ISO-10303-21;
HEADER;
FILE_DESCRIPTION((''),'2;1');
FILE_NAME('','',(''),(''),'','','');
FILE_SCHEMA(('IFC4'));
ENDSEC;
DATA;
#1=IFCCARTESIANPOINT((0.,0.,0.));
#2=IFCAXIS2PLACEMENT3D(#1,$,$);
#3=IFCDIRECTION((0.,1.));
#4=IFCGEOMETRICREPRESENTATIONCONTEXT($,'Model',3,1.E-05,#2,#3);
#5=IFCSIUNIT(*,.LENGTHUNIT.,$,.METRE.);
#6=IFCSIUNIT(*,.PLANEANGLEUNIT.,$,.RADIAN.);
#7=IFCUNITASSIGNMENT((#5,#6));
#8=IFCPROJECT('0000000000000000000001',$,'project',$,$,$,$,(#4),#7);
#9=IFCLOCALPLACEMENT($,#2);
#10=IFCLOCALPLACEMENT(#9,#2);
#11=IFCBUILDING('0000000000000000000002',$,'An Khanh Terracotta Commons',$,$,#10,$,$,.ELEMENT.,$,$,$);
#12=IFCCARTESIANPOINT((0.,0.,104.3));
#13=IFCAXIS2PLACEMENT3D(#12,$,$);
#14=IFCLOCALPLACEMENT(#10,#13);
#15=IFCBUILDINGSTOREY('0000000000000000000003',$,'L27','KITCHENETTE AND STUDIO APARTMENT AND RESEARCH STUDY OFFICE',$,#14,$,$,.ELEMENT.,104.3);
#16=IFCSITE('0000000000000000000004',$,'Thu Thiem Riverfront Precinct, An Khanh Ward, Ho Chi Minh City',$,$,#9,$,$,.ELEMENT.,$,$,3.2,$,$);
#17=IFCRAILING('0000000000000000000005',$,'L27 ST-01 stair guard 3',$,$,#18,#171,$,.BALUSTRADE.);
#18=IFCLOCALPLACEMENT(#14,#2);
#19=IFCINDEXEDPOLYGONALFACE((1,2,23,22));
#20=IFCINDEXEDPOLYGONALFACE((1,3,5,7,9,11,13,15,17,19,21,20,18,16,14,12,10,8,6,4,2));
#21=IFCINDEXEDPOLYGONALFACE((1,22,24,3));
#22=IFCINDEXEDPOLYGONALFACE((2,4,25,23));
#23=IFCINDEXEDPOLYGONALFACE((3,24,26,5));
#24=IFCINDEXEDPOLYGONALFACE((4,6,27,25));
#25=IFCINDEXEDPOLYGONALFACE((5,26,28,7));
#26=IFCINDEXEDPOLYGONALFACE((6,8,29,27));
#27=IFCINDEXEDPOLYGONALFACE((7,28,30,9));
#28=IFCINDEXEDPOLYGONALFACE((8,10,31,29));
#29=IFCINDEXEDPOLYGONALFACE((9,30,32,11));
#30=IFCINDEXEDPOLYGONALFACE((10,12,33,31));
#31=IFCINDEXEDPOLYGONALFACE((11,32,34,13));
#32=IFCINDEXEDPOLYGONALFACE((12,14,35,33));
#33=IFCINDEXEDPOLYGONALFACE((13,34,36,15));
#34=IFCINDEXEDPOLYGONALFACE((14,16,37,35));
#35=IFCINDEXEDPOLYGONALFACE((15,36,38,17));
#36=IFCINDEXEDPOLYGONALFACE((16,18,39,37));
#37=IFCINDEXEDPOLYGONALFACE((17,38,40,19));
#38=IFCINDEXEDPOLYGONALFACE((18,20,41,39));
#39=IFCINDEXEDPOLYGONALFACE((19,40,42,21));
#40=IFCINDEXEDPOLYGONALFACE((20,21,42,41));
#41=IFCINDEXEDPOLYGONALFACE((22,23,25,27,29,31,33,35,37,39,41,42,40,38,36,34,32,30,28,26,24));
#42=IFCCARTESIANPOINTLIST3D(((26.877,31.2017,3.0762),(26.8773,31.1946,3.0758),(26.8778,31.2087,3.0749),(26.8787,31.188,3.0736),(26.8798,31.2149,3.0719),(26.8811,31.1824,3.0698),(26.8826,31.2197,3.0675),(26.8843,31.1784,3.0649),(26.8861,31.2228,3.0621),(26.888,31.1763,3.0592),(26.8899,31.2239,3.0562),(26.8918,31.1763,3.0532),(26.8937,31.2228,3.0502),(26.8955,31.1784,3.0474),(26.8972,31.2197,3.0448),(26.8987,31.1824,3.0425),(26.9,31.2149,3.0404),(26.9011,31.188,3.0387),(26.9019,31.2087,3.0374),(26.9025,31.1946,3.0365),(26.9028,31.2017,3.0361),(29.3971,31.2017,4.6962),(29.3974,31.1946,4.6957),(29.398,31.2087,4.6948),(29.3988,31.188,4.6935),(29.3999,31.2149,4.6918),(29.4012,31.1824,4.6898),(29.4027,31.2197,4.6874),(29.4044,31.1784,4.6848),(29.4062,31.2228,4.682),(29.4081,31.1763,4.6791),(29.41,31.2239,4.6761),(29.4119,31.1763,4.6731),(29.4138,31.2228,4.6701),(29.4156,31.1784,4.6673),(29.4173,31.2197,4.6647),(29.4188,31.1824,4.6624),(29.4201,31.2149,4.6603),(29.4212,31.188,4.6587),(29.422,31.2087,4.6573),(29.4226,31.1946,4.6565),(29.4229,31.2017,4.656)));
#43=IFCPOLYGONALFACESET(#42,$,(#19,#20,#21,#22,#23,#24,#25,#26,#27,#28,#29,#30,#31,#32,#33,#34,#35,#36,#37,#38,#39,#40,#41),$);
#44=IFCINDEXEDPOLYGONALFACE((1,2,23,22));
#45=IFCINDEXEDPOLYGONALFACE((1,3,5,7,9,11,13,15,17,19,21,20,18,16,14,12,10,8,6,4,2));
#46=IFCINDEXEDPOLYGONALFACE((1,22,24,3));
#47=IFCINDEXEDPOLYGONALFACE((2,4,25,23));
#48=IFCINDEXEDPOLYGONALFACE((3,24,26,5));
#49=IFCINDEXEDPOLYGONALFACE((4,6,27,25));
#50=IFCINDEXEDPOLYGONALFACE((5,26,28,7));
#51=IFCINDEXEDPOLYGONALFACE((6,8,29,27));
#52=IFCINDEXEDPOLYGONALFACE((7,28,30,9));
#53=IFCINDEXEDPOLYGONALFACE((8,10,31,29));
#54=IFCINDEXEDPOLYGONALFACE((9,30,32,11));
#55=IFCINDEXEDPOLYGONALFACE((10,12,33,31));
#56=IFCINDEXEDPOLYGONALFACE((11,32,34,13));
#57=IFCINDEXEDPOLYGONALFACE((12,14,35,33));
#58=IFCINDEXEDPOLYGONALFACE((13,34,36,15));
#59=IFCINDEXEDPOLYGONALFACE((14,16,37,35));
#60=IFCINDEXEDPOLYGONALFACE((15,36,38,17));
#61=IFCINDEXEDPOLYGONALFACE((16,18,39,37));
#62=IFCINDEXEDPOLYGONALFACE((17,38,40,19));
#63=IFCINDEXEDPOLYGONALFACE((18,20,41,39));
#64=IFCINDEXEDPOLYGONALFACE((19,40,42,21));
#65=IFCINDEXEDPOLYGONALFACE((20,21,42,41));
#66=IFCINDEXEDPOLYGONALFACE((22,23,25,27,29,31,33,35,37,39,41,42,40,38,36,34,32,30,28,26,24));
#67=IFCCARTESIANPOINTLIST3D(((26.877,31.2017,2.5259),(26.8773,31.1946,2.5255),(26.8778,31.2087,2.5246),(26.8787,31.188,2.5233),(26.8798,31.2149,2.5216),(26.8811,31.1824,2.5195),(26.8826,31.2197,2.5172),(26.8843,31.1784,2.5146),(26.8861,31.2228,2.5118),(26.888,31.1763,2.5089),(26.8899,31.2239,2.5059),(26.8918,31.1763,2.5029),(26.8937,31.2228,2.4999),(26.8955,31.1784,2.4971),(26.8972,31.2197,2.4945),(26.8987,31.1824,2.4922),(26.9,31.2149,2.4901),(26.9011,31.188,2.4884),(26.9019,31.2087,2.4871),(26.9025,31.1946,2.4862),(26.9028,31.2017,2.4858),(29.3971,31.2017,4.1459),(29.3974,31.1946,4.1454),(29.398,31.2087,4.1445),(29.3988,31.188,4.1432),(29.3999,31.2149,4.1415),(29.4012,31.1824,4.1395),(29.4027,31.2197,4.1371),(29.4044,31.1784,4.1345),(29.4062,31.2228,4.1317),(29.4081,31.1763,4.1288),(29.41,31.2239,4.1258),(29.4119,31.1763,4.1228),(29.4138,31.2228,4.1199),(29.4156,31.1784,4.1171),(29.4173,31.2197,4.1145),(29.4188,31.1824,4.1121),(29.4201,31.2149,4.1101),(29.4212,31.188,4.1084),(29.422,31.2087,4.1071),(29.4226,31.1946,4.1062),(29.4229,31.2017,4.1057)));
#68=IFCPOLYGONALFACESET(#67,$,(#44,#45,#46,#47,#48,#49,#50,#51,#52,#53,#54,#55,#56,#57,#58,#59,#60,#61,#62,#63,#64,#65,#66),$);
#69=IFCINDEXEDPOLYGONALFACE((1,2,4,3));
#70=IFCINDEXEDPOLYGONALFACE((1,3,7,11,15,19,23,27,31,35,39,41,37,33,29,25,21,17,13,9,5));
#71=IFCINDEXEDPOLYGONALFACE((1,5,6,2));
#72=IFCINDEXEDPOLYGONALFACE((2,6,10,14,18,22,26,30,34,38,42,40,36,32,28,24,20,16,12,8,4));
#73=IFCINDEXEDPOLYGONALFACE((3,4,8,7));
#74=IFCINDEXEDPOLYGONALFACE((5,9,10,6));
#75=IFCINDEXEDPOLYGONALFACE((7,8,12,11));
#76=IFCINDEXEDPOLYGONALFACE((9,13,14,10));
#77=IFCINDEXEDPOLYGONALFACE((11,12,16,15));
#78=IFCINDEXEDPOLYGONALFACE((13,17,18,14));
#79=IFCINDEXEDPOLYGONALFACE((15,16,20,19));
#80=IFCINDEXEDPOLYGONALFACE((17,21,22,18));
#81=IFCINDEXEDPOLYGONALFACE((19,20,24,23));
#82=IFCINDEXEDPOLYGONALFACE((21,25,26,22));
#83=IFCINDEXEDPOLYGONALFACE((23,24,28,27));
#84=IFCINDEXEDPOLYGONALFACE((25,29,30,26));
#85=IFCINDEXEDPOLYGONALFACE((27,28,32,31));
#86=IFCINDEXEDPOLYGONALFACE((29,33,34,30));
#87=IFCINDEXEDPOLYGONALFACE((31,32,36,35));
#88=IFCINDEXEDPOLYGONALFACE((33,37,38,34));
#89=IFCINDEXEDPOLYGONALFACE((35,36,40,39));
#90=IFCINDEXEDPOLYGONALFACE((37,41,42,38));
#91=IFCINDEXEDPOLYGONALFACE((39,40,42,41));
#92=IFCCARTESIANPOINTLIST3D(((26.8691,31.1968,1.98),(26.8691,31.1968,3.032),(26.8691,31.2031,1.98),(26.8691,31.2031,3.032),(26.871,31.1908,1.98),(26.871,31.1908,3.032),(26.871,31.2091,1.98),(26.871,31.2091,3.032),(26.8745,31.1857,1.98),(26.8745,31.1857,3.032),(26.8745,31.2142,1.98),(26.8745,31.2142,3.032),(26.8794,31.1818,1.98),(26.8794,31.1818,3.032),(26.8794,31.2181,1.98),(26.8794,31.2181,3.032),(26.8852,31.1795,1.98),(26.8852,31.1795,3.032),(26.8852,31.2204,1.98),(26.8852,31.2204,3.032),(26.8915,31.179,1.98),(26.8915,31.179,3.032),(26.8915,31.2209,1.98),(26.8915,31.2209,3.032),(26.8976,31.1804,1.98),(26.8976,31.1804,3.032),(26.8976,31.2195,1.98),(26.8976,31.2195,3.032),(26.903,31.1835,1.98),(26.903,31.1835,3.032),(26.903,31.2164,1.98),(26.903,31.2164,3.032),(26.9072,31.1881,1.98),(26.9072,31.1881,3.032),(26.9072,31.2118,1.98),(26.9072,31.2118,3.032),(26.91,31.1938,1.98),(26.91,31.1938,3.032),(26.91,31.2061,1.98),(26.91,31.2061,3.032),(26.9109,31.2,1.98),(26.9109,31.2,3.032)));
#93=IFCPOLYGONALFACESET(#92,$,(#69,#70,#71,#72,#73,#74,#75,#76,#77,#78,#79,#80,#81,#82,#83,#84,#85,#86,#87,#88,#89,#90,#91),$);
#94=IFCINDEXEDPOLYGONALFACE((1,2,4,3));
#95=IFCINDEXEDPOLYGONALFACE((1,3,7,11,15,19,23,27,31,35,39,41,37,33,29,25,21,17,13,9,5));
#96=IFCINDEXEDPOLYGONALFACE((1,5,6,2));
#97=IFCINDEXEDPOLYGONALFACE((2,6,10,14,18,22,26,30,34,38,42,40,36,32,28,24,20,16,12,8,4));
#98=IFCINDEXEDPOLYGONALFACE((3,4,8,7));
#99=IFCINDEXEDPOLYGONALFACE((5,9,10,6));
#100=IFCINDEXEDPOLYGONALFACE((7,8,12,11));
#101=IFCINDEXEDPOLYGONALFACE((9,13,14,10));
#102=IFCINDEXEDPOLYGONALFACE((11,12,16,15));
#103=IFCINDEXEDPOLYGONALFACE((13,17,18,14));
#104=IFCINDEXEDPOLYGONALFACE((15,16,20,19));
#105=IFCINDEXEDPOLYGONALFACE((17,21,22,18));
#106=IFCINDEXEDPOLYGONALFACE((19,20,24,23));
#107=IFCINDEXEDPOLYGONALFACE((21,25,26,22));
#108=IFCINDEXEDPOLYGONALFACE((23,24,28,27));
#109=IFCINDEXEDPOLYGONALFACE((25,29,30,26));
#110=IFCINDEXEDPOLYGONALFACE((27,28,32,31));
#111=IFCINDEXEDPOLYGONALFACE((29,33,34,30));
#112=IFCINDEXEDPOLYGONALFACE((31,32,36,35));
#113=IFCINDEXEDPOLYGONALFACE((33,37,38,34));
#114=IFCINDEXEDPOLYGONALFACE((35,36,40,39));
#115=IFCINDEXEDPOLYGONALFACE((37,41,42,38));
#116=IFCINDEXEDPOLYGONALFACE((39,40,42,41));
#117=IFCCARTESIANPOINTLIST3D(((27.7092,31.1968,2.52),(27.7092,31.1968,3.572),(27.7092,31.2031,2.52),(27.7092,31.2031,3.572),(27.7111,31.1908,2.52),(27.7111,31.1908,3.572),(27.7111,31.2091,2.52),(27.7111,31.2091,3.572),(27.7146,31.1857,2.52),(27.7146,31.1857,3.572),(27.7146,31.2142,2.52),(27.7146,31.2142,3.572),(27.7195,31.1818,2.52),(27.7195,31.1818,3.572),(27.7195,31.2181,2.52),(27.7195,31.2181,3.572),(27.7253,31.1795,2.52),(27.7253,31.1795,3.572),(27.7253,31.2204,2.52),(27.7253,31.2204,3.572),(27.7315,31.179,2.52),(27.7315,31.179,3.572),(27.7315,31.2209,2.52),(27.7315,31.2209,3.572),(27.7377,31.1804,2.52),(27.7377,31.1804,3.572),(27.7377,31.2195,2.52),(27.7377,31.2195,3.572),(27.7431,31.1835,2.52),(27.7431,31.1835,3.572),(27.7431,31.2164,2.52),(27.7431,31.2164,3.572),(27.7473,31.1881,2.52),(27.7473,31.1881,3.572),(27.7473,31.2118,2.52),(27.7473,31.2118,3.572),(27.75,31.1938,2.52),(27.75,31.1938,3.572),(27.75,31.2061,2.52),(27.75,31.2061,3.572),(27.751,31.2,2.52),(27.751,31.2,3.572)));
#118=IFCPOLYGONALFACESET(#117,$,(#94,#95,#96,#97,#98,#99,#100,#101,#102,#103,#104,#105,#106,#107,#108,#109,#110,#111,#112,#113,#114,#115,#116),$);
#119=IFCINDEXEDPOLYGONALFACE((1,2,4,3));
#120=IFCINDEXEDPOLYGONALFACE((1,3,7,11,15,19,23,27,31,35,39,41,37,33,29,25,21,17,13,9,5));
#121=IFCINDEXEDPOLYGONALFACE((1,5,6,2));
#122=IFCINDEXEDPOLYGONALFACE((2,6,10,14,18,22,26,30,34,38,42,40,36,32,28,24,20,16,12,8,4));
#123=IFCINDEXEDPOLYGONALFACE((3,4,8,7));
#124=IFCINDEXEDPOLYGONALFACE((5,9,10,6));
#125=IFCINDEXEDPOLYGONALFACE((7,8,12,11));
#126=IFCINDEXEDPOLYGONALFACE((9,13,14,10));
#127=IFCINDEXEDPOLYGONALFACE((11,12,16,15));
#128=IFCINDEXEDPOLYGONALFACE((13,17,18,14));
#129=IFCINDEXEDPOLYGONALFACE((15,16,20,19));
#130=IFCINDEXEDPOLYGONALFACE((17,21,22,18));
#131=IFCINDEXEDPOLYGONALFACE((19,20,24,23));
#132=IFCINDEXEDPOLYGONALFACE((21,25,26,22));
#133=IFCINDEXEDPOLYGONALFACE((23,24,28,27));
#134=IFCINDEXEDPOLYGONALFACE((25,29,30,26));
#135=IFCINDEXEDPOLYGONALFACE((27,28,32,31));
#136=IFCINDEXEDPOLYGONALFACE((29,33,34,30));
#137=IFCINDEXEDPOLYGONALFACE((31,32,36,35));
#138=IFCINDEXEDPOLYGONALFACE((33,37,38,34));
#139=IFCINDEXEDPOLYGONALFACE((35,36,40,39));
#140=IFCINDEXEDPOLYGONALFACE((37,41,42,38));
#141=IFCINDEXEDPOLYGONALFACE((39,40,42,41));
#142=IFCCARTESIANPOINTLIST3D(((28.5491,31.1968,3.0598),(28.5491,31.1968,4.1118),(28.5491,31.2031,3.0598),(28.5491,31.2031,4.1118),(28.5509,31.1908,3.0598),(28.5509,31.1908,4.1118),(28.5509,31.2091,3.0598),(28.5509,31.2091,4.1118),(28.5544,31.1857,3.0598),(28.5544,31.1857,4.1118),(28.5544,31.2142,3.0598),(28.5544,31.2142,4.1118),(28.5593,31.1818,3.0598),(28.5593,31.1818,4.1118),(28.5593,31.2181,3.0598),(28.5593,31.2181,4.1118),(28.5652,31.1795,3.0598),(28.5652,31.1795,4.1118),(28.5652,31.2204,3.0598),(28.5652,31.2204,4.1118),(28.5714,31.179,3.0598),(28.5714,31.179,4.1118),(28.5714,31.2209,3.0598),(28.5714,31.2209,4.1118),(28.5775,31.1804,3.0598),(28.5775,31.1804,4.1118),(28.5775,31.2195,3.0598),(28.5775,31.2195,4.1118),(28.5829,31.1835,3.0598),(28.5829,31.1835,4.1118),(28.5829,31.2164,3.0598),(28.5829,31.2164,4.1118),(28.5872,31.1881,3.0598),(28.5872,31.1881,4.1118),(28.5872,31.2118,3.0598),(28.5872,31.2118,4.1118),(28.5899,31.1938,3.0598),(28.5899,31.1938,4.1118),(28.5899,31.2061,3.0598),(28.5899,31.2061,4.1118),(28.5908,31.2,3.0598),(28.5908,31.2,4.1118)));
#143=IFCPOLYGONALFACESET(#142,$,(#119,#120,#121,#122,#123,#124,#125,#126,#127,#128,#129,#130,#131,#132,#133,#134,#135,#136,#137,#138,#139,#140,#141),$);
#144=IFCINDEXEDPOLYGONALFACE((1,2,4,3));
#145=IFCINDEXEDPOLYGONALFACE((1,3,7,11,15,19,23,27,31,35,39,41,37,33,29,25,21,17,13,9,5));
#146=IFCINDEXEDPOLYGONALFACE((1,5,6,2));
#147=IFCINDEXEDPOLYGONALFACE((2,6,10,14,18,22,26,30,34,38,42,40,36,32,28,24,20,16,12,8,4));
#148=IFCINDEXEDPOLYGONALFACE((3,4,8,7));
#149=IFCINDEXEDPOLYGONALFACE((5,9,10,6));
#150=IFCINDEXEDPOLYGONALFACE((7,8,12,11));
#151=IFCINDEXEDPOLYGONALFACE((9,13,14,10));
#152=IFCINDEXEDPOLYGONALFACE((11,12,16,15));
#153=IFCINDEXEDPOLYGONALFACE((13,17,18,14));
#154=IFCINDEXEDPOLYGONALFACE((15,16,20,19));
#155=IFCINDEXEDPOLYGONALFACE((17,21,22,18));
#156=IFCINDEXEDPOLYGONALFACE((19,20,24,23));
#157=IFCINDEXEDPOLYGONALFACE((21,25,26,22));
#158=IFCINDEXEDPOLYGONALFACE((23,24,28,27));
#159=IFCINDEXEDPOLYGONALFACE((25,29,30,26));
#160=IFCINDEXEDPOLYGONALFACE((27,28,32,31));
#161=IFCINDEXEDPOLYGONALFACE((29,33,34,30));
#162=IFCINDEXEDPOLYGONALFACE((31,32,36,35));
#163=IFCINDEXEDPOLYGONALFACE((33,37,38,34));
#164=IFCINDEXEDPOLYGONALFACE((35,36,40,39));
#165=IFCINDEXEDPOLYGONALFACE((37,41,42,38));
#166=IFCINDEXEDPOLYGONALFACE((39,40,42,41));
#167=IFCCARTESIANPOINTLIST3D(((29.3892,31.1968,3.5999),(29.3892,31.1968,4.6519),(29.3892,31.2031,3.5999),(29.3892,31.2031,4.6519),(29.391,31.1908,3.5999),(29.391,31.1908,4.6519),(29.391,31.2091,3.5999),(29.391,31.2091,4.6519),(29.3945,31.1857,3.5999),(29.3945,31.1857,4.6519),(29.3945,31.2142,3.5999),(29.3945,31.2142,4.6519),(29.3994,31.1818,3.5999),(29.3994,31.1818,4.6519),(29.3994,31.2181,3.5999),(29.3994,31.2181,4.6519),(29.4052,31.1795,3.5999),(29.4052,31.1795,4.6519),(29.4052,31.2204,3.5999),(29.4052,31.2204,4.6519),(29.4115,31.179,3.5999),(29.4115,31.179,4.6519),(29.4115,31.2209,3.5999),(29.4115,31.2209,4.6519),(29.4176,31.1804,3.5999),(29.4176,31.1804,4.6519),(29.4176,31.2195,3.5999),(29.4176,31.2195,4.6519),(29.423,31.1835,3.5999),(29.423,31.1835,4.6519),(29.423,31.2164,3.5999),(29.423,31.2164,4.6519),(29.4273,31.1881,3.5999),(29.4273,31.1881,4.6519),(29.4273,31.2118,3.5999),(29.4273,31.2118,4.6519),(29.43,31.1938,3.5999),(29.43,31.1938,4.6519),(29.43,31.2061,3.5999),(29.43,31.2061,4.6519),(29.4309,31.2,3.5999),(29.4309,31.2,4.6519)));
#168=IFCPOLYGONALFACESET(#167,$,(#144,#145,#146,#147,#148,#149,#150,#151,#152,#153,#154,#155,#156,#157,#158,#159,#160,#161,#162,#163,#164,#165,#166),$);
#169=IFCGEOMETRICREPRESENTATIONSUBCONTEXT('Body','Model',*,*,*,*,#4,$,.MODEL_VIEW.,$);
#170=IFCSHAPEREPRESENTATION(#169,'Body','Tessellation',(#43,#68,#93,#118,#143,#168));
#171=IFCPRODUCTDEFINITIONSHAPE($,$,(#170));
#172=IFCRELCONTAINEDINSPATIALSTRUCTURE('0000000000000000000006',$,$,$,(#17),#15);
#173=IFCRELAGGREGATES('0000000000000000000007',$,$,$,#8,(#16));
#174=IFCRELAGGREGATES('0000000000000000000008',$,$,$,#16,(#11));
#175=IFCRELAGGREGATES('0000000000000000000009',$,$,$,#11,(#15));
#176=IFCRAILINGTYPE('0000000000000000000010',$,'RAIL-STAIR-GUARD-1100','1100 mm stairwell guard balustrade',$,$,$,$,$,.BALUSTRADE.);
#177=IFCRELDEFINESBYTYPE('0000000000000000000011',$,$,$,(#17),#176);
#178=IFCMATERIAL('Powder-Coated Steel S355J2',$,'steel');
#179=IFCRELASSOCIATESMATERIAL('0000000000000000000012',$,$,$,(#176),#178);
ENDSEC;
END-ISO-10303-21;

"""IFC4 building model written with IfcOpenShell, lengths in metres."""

from ifc_helpers import new_model, si_unit, direction, frame, origin, origin_2d, place, context, subcontext, project, spatial, circle, extrude, material, type_object, element, save


model = new_model("IFC4")

# Units and contexts
model_context = context("Model", 3, precision=1e-05, world=origin(), true_north=direction((0.0, 1.0)))
body_context = subcontext(model_context, "Body", "Model", "MODEL_VIEW")
ifc_project = project(units=[si_unit("LENGTHUNIT", "METRE"), si_unit("PLANEANGLEUNIT", "RADIAN")], contexts=[model_context])

# Site, building, storey
site_placement = place(None, origin())
site = spatial("IfcSite", under=ifc_project, at=site_placement, Name="Thu Thiem Riverfront Precinct, An Khanh Ward, Ho Chi Minh City", CompositionType="ELEMENT", RefElevation=3.2)
building_placement = place(site_placement, origin())
building = spatial("IfcBuilding", under=site, at=building_placement, Name="An Khanh Terracotta Commons", CompositionType="ELEMENT")
storey_placement = place(building_placement, frame((0.0, 0.0, 104.3)))
storey = spatial("IfcBuildingStorey", under=building, at=storey_placement, Name="L27", Description="KITCHENETTE AND STUDIO APARTMENT AND RESEARCH STUDY OFFICE", CompositionType="ELEMENT", Elevation=104.3)

# Railing
ifc_material_1 = material(Name="Powder-Coated Steel S355J2", Category="steel")
railing_type_1 = type_object("IfcRailingType", Name="RAIL-STAIR-GUARD-1100", Description="1100 mm stairwell guard balustrade", PredefinedType="BALUSTRADE", material=ifc_material_1)
railing_1_placement = place(storey_placement, frame((26.8899, 31.2, 1.98)))
element("IfcRailing", 1, at=railing_1_placement, inside=storey, type_object=railing_type_1, Name="L27 ST-01 stair guard 3", PredefinedType="BALUSTRADE", context=body_context, shape_type="SweptSolid", body=[
    extrude(circle(Radius=0.0239, at=origin_2d()), frame((0.0, 0.0, 1.0762), z_axis=(0.8412, 0.0, 0.540725), x_axis=(0.0, 1.0, 0.0)), (0.0, 0.0, 1.0), 2.9958),
    extrude(circle(Radius=0.0239, at=origin_2d()), frame((0.0, 0.0, 0.5259), z_axis=(0.8412, 0.0, 0.540725), x_axis=(0.0, 1.0, 0.0)), (0.0, 0.0, 1.0), 2.9958),
    extrude(circle(Radius=0.021, at=origin_2d()), origin(), (0.0, 0.0, 1.0), 1.052),
    extrude(circle(Radius=0.021, at=origin_2d()), frame((0.8401, 0.0, 0.54)), (0.0, 0.0, 1.0), 1.052),
    extrude(circle(Radius=0.021, at=origin_2d()), frame((1.6799, 0.0, 1.0798)), (0.0, 0.0, 1.0), 1.052),
    extrude(circle(Radius=0.021, at=origin_2d()), frame((2.52, 0.0, 1.6199)), (0.0, 0.0, 1.0), 1.052),
])

save(model, "model.ifc")
